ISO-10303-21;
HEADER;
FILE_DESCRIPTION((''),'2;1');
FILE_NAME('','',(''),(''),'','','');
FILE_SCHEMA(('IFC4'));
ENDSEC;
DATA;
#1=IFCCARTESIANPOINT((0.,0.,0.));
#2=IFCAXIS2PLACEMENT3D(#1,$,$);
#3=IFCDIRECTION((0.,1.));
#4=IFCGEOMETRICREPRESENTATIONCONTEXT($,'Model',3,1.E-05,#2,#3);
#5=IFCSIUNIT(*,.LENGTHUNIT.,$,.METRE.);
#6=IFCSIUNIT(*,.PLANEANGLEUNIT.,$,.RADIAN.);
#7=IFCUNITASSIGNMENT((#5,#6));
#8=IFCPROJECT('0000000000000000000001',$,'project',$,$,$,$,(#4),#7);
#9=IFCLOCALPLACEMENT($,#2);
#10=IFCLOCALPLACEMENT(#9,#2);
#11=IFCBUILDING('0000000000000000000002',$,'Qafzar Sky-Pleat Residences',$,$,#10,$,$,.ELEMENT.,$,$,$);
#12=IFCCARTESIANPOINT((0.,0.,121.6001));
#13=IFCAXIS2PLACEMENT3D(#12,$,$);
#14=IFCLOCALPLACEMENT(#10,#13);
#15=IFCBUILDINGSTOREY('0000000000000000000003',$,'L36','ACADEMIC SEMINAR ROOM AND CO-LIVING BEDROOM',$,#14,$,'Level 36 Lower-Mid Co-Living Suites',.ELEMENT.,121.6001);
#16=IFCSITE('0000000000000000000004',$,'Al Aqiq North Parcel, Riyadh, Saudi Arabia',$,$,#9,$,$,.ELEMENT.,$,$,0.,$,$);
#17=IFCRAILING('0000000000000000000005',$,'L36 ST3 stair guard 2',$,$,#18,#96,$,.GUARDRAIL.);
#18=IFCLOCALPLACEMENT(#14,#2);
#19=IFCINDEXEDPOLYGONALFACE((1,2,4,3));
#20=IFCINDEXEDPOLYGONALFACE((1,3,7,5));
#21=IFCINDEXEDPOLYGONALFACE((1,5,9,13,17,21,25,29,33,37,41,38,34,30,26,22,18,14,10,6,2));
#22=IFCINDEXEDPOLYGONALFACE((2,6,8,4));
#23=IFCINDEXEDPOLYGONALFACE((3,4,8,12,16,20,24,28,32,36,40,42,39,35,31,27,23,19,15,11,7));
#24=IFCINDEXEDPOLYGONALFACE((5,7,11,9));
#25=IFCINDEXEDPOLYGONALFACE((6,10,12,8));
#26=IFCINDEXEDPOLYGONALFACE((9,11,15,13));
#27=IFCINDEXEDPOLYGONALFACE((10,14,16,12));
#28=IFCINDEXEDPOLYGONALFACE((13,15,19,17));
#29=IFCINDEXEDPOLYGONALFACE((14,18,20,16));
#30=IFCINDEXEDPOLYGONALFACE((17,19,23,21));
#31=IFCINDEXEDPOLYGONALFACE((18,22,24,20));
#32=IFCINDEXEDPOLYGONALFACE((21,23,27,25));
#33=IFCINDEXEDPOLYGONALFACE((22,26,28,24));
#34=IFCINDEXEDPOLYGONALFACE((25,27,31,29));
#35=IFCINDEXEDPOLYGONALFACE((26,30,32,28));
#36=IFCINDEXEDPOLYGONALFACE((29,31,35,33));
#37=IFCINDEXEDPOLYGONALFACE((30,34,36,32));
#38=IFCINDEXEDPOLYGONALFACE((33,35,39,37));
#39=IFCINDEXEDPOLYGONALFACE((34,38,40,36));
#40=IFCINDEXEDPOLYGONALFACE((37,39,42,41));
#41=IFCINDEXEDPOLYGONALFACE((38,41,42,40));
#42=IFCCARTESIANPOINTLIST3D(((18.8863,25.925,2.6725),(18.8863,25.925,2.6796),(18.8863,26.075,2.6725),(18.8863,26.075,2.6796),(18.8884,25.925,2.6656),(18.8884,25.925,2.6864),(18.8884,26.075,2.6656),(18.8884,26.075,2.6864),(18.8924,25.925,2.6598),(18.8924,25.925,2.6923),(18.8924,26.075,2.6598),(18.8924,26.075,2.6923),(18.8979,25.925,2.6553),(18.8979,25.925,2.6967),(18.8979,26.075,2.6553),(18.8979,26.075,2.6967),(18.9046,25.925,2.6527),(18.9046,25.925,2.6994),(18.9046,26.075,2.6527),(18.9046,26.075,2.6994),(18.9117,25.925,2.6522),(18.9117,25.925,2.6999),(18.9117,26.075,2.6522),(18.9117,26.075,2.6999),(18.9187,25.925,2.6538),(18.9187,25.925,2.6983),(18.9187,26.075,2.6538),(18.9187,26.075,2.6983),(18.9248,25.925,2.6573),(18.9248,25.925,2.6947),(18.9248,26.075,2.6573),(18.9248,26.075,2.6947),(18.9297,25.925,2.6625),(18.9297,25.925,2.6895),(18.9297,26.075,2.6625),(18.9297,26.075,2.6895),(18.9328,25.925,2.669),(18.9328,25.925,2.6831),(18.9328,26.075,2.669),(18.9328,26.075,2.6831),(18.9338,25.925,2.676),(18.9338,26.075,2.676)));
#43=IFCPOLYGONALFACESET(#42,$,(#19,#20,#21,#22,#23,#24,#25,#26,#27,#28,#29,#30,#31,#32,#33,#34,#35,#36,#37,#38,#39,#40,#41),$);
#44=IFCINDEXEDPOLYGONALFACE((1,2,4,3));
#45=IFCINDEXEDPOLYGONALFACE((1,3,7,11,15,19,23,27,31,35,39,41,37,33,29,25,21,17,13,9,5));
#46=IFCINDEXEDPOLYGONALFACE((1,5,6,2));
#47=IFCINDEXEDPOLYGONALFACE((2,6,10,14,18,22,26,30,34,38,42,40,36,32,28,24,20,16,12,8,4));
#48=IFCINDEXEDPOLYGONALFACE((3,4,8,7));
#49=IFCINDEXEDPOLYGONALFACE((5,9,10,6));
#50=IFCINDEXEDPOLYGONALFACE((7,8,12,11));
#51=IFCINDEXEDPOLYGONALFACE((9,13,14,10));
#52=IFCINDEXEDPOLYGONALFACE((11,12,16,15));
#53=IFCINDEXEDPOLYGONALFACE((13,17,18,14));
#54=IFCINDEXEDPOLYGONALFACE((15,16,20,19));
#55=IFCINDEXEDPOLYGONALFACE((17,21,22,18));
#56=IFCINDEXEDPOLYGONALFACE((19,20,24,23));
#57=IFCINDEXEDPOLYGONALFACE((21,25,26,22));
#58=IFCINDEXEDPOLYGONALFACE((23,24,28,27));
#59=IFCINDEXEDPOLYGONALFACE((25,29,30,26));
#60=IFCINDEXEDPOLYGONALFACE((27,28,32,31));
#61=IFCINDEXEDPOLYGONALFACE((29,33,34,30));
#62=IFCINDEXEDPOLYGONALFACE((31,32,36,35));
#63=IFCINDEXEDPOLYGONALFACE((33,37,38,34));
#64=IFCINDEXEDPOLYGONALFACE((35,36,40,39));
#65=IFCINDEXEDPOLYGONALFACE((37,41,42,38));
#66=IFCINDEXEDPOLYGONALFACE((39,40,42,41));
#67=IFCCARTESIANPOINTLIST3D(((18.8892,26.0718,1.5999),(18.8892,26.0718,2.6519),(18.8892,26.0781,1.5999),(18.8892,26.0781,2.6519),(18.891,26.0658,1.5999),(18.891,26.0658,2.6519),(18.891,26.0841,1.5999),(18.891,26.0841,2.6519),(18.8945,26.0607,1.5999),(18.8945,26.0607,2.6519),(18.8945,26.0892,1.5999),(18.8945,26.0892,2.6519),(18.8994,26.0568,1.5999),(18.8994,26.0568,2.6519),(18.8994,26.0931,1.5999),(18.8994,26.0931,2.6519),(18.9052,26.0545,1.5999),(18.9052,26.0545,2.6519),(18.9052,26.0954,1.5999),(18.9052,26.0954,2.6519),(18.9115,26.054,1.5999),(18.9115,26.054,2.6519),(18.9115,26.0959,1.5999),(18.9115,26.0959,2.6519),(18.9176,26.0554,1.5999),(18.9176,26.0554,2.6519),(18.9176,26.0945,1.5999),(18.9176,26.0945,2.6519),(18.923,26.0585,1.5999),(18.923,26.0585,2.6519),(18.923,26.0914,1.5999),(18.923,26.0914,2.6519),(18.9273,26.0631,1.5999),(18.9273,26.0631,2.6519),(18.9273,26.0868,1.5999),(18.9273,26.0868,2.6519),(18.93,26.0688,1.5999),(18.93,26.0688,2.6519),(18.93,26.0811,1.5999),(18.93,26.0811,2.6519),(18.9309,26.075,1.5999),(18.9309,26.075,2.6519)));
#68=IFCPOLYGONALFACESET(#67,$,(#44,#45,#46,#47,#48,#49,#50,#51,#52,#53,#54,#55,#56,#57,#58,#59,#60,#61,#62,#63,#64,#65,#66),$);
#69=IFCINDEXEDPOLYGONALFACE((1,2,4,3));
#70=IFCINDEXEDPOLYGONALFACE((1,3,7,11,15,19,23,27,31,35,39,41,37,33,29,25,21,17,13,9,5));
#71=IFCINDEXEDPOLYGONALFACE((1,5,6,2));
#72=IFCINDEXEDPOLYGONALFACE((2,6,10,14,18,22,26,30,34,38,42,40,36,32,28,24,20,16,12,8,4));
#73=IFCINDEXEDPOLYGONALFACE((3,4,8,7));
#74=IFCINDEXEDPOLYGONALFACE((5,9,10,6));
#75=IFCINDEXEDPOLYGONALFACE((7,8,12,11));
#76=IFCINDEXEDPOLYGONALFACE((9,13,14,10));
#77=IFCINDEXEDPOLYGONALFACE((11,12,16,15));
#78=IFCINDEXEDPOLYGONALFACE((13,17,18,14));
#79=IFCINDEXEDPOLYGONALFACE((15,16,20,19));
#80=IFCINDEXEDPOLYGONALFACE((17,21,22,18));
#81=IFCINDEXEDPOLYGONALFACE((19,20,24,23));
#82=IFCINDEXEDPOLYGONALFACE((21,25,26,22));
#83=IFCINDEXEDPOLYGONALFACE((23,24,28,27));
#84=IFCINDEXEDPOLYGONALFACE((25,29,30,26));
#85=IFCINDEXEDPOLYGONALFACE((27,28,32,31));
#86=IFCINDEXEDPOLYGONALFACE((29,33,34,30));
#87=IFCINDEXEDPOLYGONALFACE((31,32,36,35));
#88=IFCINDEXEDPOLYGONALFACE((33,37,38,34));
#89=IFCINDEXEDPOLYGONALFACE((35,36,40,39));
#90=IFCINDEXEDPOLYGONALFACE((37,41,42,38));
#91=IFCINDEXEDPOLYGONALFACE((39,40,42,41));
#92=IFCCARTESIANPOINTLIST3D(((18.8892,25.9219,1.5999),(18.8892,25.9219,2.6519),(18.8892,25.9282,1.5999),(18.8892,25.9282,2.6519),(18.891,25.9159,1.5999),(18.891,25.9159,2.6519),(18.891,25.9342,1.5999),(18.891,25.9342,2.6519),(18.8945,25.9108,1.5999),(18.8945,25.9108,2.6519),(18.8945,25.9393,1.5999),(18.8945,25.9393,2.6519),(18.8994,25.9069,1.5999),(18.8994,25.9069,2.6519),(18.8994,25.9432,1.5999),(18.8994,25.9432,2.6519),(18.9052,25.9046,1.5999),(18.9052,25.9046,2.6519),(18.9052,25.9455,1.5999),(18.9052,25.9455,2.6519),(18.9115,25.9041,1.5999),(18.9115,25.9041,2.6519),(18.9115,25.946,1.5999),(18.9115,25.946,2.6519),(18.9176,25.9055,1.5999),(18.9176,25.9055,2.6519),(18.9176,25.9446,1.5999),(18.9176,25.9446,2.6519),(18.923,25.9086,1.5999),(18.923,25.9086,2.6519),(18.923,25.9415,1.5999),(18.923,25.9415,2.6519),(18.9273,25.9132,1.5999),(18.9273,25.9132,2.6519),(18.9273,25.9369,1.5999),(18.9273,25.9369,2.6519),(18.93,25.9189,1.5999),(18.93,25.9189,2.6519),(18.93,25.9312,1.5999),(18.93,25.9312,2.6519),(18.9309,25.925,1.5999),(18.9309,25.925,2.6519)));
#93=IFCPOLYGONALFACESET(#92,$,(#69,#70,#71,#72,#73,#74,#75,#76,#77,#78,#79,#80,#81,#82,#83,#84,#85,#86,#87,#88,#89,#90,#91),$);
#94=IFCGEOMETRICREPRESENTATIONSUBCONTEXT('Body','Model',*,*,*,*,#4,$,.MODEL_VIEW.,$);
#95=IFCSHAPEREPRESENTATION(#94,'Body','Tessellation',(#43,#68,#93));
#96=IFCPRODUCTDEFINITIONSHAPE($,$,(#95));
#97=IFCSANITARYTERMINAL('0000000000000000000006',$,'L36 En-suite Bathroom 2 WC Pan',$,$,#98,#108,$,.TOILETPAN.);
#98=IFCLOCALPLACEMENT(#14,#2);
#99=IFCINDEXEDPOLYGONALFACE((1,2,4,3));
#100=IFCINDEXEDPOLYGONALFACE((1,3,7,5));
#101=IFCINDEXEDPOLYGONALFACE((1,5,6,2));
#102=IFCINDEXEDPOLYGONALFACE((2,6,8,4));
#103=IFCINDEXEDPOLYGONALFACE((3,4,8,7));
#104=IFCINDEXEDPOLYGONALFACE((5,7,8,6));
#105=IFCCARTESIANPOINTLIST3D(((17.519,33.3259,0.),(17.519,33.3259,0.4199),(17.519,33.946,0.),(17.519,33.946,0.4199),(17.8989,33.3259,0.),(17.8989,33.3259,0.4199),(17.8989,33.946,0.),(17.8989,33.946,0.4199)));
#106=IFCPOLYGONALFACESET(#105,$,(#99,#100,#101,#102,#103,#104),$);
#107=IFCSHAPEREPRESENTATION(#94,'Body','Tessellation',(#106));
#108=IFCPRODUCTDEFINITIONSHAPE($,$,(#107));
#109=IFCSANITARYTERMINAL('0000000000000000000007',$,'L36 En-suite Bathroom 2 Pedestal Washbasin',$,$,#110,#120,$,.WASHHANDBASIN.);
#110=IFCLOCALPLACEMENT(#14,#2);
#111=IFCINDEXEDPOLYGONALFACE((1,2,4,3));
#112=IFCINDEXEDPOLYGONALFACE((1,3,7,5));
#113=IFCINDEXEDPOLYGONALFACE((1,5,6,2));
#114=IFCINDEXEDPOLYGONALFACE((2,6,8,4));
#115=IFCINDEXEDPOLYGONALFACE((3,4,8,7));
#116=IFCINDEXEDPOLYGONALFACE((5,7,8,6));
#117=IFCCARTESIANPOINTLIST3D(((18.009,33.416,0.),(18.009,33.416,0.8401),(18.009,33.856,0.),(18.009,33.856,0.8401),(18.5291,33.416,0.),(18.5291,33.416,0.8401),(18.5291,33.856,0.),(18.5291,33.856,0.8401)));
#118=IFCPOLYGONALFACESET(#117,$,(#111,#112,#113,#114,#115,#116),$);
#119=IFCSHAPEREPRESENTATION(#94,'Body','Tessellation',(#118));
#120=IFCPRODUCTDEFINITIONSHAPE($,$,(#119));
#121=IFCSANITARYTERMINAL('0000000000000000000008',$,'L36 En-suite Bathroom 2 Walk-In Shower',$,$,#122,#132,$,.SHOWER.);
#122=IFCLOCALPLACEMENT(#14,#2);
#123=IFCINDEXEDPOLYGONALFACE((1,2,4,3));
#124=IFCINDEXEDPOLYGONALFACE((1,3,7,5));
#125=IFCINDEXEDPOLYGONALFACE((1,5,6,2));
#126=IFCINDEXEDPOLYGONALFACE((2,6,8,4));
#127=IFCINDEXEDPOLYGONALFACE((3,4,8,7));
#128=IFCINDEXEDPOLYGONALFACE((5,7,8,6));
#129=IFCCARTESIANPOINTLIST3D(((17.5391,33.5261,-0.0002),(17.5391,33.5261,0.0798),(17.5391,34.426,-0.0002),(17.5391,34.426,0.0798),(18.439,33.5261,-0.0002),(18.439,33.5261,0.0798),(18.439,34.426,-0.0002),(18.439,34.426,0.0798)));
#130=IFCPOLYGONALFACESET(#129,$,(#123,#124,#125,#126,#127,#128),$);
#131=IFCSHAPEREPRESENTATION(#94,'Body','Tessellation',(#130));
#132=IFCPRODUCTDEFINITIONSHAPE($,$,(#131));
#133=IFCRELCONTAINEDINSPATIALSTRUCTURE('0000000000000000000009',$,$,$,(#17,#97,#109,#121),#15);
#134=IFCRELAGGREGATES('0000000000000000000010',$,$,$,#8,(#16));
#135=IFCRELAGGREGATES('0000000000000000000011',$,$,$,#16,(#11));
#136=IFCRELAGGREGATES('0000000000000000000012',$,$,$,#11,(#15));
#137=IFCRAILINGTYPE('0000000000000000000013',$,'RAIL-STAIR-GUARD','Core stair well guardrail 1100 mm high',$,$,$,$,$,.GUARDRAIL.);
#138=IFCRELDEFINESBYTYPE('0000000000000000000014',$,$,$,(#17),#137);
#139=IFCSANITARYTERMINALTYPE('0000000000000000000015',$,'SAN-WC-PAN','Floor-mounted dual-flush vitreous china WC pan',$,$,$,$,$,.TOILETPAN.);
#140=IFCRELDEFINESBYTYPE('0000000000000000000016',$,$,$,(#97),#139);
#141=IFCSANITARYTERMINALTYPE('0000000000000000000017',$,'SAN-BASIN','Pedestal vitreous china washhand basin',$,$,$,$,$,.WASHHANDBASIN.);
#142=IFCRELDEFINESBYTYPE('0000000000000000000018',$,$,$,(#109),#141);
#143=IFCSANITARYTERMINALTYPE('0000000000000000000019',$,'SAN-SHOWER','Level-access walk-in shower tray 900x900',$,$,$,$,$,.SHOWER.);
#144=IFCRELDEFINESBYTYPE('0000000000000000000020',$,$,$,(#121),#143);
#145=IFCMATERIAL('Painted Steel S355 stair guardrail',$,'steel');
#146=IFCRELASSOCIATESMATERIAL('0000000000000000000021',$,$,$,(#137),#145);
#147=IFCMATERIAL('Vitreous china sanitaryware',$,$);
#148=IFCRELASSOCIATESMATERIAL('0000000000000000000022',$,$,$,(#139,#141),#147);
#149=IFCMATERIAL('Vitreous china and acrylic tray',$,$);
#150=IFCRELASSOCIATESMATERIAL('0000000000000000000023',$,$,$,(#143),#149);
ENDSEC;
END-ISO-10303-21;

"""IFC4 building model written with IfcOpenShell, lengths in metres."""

from ifc_helpers import new_model, si_unit, direction, frame, origin, origin_2d, place, context, subcontext, project, spatial, rectangle, circle, extrude, source, transform, mapped, material, type_object, element, save


model = new_model("IFC4")

# Units and contexts
model_context = context("Model", 3, precision=1e-05, world=origin(), true_north=direction((0.0, 1.0)))
body_context = subcontext(model_context, "Body", "Model", "MODEL_VIEW")
ifc_project = project(units=[si_unit("LENGTHUNIT", "METRE"), si_unit("PLANEANGLEUNIT", "RADIAN")], contexts=[model_context])

# Site, building, storey
site_placement = place(None, origin())
site = spatial("IfcSite", under=ifc_project, at=site_placement, Name="Al Aqiq North Parcel, Riyadh, Saudi Arabia", CompositionType="ELEMENT", RefElevation=0.0)
building_placement = place(site_placement, origin())
building = spatial("IfcBuilding", under=site, at=building_placement, Name="Qafzar Sky-Pleat Residences", CompositionType="ELEMENT")
storey_placement = place(building_placement, frame((0.0, 0.0, 121.6001)))
storey = spatial("IfcBuildingStorey", under=building, at=storey_placement, Name="L36", Description="ACADEMIC SEMINAR ROOM AND CO-LIVING BEDROOM", LongName="Level 36 Lower-Mid Co-Living Suites", CompositionType="ELEMENT", Elevation=121.6001)

# Railing
ifc_material_1 = material(Name="Painted Steel S355 stair guardrail", Category="steel")
railing_type = type_object("IfcRailingType", Name="RAIL-STAIR-GUARD", Description="Core stair well guardrail 1100 mm high", PredefinedType="GUARDRAIL", material=ifc_material_1)
shared_shape_1 = source(origin(), body_context, "Body", "SweptSolid", [
    extrude(circle(Radius=0.0239, at=origin_2d()), frame((0.0, 0.0, 1.0762), z_axis=(0.0, -1.0, 0.0), x_axis=(1.0, 0.0, 0.0)), (0.0, 0.0, 1.0), 0.1499),
    extrude(circle(Radius=0.021, at=origin_2d()), origin(), (0.0, 0.0, 1.0), 1.052),
    extrude(circle(Radius=0.021, at=origin_2d()), frame((0.0, -0.1499, 0.0)), (0.0, 0.0, 1.0), 1.052),
])
railing_placement = place(storey_placement, frame((18.9099, 26.075, 1.5999)))
element("IfcRailing", 1, at=railing_placement, inside=storey, type_object=railing_type, Name="L36 ST3 stair guard 2", PredefinedType="GUARDRAIL", context=body_context, shape_type="MappedRepresentation", body=[
    mapped(shared_shape_1, transform((0.0, 0.0, 0.0), x_axis=(1.0, 0.0, 0.0), y_axis=(0.0, 1.0, 0.0), z_axis=(0.0, 0.0, 1.0), scale=1.0)),
])

# Sanitary terminals
ifc_material_2 = material(Name="Vitreous china sanitaryware")
sanitary_terminal_type_1 = type_object("IfcSanitaryTerminalType", Name="SAN-WC-PAN", Description="Floor-mounted dual-flush vitreous china WC pan", PredefinedType="TOILETPAN", material=ifc_material_2)
shared_shape_2 = source(origin(), body_context, "Body", "SweptSolid", [
    extrude(rectangle(XDim=0.3799, YDim=0.6201, at=origin_2d()), origin(), (0.0, 0.0, 1.0), 0.4199),
])
sanitary_terminal_1_placement = place(storey_placement, frame((17.709, 33.636, 0.0), z_axis=(0.0, 0.0, 1.0), x_axis=(1.0, 0.0, 0.0)))
element("IfcSanitaryTerminal", 2, at=sanitary_terminal_1_placement, inside=storey, type_object=sanitary_terminal_type_1, Name="L36 En-suite Bathroom 2 WC Pan", PredefinedType="TOILETPAN", context=body_context, shape_type="MappedRepresentation", body=[
    mapped(shared_shape_2, transform((0.0, 0.0, 0.0), x_axis=(1.0, 0.0, 0.0), y_axis=(0.0, 1.0, 0.0), z_axis=(0.0, 0.0, 1.0), scale=1.0)),
])
sanitary_terminal_type_2 = type_object("IfcSanitaryTerminalType", Name="SAN-BASIN", Description="Pedestal vitreous china washhand basin", PredefinedType="WASHHANDBASIN", material=ifc_material_2)
shared_shape_3 = source(origin(), body_context, "Body", "SweptSolid", [
    extrude(rectangle(XDim=0.52, YDim=0.4399, at=origin_2d()), origin(), (0.0, 0.0, 1.0), 0.8401),
])
sanitary_terminal_2_placement = place(storey_placement, frame((18.269, 33.636, 0.0), z_axis=(0.0, 0.0, 1.0), x_axis=(1.0, 0.0, 0.0)))
element("IfcSanitaryTerminal", 3, at=sanitary_terminal_2_placement, inside=storey, type_object=sanitary_terminal_type_2, Name="L36 En-suite Bathroom 2 Pedestal Washbasin", PredefinedType="WASHHANDBASIN", context=body_context, shape_type="MappedRepresentation", body=[
    mapped(shared_shape_3, transform((0.0, 0.0, 0.0), x_axis=(1.0, 0.0, 0.0), y_axis=(0.0, 1.0, 0.0), z_axis=(0.0, 0.0, 1.0), scale=1.0)),
])
ifc_material_3 = material(Name="Vitreous china and acrylic tray")
sanitary_terminal_type_3 = type_object("IfcSanitaryTerminalType", Name="SAN-SHOWER", Description="Level-access walk-in shower tray 900x900", PredefinedType="SHOWER", material=ifc_material_3)
shared_shape_4 = source(origin(), body_context, "Body", "SweptSolid", [
    extrude(rectangle(XDim=0.8999, YDim=0.8999, at=origin_2d()), origin(), (0.0, 0.0, 1.0), 0.0801),
])
sanitary_terminal_3_placement = place(storey_placement, frame((17.989, 33.9761, -0.0002), z_axis=(0.0, 0.0, 1.0), x_axis=(1.0, 0.0, 0.0)))
element("IfcSanitaryTerminal", 4, at=sanitary_terminal_3_placement, inside=storey, type_object=sanitary_terminal_type_3, Name="L36 En-suite Bathroom 2 Walk-In Shower", PredefinedType="SHOWER", context=body_context, shape_type="MappedRepresentation", body=[
    mapped(shared_shape_4, transform((0.0, 0.0, 0.0), x_axis=(1.0, 0.0, 0.0), y_axis=(0.0, 1.0, 0.0), z_axis=(0.0, 0.0, 1.0), scale=1.0)),
])

save(model, "model.ifc")
